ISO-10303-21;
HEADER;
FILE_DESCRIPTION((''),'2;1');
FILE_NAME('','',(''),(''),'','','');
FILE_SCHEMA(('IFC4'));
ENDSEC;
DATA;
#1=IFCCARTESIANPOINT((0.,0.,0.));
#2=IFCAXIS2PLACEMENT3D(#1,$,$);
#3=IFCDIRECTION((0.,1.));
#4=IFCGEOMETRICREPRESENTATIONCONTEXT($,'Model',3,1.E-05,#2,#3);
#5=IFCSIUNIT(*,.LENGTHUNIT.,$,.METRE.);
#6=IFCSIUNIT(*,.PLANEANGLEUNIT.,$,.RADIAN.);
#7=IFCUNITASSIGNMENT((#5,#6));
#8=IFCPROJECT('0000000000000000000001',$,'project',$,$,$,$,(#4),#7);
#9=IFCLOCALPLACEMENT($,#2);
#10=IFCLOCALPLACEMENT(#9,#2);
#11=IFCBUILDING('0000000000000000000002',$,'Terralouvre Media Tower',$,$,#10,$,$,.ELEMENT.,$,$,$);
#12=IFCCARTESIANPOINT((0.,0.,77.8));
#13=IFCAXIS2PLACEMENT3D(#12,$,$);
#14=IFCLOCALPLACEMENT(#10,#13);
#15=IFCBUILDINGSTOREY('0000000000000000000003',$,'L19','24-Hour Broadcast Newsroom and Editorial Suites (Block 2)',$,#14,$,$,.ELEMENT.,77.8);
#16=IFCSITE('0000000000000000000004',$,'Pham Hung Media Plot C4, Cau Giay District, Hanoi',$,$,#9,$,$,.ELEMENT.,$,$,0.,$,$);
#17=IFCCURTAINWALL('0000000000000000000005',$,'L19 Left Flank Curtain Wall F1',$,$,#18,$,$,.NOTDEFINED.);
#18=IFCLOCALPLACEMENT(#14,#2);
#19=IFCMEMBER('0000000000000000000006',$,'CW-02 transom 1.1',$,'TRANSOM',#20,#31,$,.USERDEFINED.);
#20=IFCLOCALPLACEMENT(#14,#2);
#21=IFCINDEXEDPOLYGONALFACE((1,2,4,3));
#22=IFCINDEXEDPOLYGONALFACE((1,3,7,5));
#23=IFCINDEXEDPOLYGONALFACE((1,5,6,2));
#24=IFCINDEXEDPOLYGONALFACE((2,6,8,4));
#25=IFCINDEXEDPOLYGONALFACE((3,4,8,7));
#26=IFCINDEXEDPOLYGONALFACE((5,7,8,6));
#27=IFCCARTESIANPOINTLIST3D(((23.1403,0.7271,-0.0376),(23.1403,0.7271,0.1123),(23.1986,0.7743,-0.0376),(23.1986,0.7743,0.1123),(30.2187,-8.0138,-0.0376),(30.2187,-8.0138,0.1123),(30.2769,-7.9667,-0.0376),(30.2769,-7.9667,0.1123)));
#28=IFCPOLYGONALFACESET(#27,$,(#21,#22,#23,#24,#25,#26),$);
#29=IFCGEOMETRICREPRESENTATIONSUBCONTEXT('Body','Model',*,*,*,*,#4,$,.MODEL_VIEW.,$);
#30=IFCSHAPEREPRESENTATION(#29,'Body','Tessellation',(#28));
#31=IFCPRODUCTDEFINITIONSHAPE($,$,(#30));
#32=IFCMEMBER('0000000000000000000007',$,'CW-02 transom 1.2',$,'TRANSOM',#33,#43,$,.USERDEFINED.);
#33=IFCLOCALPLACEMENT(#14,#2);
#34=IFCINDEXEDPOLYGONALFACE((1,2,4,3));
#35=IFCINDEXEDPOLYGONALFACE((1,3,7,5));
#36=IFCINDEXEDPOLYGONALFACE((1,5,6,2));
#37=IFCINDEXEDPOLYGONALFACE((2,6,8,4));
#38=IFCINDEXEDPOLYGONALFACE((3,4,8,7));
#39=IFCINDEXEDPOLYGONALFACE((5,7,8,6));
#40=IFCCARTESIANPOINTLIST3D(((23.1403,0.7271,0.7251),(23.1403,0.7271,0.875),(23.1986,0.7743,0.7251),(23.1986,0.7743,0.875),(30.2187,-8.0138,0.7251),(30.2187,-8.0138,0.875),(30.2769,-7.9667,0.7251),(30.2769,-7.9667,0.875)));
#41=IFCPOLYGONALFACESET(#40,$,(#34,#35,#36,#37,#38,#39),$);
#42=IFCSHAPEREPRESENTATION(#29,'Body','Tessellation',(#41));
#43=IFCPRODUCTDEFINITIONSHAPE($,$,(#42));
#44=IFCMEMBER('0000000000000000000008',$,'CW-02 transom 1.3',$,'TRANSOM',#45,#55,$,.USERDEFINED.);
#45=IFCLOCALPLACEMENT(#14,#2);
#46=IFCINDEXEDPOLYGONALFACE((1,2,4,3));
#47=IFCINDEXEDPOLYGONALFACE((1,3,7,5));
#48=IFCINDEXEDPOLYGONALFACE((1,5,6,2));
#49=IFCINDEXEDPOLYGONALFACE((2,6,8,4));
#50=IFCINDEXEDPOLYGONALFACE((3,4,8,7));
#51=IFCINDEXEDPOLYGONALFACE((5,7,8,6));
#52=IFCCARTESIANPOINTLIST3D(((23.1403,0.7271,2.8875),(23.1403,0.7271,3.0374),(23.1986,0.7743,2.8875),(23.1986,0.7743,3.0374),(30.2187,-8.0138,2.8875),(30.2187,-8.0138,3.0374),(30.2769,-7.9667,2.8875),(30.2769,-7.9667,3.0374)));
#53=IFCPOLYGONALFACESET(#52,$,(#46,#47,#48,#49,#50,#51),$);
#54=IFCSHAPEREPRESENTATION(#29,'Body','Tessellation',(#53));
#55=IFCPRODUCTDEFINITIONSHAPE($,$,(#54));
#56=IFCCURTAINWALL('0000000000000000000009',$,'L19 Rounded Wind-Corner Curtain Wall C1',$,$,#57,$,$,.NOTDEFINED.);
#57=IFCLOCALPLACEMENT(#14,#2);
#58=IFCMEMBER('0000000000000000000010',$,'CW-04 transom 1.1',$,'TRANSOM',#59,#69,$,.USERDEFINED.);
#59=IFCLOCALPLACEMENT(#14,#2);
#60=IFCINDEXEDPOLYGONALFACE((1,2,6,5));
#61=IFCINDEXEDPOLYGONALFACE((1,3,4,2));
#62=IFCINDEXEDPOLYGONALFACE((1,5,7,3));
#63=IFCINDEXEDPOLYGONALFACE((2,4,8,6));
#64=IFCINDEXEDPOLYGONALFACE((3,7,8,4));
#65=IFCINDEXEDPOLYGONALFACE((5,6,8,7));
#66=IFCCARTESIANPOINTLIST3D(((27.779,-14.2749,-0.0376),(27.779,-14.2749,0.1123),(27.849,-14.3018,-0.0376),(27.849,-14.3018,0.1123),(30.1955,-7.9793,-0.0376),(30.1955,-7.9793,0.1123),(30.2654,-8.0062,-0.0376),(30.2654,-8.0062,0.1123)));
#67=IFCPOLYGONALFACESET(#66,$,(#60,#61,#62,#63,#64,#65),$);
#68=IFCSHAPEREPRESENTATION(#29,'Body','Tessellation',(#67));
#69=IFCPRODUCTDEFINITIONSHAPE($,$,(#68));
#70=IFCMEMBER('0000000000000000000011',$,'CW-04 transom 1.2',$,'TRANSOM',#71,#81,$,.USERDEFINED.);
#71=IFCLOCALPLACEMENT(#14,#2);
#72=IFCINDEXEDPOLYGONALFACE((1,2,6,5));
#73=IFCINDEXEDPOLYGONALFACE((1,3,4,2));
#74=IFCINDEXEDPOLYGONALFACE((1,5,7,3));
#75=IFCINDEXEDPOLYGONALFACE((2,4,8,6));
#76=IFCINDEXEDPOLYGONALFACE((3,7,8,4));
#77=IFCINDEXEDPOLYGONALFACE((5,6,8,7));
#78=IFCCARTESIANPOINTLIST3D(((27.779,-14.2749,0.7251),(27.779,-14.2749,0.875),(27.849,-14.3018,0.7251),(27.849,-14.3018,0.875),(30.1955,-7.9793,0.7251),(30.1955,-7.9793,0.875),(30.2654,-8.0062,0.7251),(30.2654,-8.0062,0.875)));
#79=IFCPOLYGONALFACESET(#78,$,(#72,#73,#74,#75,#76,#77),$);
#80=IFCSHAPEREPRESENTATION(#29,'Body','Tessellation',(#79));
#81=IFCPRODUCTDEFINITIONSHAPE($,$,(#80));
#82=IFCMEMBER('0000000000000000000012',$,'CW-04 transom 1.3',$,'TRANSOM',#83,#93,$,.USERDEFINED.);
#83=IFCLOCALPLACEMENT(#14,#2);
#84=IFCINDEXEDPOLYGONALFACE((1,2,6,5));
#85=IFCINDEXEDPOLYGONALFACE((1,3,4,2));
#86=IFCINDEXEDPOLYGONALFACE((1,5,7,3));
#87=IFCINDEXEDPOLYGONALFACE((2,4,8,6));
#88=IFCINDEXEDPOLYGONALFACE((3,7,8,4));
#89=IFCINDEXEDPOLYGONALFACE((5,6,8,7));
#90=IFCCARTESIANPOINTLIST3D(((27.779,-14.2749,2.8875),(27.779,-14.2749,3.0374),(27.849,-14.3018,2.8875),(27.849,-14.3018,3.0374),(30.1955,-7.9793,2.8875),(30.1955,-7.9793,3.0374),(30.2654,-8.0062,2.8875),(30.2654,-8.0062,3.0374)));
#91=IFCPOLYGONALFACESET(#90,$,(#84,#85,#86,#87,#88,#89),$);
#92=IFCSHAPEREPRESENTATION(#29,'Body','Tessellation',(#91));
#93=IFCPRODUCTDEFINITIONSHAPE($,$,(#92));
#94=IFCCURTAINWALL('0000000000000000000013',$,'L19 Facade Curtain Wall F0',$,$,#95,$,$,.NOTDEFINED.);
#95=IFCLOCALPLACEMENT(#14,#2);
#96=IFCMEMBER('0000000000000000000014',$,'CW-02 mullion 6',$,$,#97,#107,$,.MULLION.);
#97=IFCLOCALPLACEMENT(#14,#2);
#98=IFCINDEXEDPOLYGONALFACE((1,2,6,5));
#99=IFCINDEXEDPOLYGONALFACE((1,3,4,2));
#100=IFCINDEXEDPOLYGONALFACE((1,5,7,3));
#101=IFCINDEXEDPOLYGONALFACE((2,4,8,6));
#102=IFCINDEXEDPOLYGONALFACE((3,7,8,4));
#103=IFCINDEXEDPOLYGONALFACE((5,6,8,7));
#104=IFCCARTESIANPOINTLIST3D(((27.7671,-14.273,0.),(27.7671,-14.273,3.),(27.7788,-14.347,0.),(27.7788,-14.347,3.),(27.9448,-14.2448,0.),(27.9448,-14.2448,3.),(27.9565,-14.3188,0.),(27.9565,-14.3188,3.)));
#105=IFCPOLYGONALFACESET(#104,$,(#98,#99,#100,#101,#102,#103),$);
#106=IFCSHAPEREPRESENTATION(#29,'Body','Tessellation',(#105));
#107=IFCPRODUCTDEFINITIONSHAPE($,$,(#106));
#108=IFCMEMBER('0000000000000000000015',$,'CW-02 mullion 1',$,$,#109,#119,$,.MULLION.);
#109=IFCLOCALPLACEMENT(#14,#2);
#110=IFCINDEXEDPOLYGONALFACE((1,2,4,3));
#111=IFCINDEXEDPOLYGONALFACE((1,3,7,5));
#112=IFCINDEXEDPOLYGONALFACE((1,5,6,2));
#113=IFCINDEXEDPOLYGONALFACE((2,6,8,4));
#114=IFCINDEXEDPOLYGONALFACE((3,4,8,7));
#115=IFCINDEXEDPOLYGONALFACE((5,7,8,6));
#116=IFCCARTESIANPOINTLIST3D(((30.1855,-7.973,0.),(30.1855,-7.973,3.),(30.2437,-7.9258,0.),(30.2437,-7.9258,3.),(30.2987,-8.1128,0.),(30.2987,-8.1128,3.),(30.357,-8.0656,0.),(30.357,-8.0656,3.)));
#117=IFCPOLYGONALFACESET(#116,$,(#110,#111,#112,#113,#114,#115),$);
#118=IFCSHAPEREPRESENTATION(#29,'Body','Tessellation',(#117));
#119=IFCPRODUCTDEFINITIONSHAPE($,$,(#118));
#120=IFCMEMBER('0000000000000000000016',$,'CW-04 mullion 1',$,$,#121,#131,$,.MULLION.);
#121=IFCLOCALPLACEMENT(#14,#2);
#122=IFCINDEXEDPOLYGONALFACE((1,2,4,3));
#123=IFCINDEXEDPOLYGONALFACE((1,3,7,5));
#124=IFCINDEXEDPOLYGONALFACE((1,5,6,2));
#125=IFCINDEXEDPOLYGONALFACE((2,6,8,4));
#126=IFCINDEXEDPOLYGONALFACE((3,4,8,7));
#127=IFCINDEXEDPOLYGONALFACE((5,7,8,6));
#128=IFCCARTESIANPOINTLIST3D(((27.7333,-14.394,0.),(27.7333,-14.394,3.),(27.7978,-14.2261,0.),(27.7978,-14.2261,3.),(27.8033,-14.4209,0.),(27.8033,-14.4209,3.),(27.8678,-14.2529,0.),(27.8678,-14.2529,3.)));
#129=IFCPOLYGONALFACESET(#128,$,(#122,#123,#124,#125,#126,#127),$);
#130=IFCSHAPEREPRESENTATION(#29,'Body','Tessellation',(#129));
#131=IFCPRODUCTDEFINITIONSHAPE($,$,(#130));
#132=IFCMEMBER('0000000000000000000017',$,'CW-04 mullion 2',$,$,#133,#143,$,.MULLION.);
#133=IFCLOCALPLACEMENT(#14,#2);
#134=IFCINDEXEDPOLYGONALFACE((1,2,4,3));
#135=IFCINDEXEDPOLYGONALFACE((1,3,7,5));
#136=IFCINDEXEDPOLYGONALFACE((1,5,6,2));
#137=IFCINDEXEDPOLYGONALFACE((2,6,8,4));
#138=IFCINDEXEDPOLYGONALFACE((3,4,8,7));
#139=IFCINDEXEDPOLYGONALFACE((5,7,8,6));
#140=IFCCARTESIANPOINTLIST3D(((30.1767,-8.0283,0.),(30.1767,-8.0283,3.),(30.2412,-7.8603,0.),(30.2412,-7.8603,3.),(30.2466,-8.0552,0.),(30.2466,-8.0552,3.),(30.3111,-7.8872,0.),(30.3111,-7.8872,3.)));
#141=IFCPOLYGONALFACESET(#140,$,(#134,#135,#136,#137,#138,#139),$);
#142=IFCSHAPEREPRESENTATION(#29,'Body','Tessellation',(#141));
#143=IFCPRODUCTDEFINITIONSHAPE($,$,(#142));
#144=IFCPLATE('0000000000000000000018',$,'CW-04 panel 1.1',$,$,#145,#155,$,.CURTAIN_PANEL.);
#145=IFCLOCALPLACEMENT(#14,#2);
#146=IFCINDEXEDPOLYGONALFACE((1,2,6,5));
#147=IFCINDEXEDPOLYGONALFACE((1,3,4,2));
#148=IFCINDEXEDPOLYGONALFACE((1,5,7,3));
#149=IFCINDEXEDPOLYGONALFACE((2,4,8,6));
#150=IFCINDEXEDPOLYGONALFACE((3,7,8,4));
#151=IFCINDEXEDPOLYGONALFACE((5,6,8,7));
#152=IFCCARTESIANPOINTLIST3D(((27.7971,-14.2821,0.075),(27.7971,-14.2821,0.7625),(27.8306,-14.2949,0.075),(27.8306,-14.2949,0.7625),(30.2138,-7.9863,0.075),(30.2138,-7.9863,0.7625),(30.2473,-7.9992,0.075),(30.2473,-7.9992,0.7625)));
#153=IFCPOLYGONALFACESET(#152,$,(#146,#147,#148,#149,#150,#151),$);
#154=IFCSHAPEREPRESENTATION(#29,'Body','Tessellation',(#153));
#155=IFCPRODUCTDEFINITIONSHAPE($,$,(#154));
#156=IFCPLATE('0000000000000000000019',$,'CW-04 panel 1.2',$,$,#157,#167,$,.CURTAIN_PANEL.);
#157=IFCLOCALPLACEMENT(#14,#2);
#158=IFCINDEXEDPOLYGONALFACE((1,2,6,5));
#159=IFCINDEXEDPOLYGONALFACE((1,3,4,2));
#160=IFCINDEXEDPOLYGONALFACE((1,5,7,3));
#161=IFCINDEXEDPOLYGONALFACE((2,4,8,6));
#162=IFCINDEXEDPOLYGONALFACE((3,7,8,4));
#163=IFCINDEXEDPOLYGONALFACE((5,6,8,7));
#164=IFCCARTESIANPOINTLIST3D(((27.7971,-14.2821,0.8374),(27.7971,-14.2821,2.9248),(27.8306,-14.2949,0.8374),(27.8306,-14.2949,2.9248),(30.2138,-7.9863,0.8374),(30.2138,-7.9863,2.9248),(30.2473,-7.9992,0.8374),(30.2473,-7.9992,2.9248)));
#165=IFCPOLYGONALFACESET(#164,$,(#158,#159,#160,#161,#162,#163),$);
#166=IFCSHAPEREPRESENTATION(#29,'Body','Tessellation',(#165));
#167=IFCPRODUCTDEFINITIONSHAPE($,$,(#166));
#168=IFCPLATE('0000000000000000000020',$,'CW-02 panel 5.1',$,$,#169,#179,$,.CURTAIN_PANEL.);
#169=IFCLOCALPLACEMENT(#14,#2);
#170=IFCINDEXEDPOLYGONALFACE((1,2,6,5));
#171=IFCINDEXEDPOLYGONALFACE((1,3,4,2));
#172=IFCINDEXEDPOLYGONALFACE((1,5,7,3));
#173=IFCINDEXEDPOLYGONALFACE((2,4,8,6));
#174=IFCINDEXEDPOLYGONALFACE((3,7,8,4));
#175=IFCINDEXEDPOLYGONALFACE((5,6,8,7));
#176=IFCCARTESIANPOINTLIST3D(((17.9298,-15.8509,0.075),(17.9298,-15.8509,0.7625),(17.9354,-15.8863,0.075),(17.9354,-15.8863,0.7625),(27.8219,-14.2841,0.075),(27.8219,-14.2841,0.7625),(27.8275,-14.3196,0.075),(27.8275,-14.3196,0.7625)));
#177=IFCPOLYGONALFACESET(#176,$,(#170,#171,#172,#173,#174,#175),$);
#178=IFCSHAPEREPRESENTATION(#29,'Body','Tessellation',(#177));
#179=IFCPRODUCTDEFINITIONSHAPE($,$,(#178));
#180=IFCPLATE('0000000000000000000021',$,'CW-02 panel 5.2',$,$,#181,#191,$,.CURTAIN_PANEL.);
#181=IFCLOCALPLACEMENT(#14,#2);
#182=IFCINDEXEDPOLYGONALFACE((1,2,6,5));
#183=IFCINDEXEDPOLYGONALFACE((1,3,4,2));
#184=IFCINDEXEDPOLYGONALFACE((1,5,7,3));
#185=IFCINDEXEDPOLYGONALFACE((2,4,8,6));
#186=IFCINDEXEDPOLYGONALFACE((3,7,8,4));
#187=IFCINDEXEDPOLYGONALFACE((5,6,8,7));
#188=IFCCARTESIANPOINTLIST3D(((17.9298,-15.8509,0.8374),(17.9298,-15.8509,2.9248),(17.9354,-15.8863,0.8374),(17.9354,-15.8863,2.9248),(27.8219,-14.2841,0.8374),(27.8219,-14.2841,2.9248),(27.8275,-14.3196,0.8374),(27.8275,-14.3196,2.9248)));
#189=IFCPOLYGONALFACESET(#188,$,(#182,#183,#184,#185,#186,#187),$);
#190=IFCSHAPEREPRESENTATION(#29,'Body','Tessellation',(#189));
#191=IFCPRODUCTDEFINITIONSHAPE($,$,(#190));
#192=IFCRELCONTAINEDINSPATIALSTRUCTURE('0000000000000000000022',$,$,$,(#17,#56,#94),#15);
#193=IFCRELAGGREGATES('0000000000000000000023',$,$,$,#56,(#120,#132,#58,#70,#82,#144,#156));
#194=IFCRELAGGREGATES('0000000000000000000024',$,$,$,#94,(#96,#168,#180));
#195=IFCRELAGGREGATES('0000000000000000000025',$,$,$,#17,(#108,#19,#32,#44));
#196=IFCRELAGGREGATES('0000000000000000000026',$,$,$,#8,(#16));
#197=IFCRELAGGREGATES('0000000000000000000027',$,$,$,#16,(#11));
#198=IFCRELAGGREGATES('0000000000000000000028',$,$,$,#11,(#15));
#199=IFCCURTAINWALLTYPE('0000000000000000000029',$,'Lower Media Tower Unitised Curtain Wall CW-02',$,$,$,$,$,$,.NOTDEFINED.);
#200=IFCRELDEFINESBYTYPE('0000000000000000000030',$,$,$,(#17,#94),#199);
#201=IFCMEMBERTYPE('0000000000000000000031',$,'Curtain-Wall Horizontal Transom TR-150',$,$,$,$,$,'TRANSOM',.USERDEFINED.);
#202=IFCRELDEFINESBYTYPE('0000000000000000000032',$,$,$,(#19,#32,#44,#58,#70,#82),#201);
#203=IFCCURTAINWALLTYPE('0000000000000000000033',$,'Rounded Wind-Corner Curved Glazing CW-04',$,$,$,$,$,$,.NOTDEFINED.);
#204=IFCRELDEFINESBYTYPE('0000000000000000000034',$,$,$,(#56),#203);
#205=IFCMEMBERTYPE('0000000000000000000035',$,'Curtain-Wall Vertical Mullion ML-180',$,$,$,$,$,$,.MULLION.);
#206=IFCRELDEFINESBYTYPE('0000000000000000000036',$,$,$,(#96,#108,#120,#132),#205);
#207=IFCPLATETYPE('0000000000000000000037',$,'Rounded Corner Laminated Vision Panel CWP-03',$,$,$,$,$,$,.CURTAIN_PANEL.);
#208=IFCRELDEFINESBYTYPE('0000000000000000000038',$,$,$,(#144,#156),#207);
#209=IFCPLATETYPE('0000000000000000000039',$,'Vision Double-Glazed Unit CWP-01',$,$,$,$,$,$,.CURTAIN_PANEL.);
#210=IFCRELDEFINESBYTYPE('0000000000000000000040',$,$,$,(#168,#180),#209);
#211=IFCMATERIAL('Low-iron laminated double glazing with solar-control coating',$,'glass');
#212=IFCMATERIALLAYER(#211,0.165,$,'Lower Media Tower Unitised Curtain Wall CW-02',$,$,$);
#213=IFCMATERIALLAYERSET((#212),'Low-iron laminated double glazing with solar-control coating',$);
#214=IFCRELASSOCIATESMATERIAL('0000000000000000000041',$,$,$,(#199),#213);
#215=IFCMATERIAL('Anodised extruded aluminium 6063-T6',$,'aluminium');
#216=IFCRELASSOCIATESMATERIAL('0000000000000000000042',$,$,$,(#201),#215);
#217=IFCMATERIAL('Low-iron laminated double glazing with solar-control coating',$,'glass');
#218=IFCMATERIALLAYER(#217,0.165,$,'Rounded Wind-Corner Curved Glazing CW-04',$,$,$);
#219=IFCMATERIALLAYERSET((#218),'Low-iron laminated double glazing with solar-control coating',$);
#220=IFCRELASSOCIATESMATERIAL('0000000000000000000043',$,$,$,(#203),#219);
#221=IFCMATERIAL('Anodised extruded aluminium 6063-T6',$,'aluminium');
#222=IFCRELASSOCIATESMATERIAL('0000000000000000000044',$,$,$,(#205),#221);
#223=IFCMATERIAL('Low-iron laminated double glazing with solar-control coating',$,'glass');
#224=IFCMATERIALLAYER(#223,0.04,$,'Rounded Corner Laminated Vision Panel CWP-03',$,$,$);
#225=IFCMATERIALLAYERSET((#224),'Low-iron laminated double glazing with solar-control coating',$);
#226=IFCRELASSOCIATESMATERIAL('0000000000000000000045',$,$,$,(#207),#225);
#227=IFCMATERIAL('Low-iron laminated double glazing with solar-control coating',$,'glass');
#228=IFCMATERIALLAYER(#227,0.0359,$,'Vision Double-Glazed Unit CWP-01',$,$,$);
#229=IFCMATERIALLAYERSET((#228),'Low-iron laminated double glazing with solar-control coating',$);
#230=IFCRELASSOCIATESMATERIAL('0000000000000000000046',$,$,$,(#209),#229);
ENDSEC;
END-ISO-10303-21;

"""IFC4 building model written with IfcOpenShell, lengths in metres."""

from ifc_helpers import new_model, si_unit, direction, frame, origin, origin_2d, place, context, subcontext, project, spatial, rectangle, extrude, material, layer, layer_set, material_profile, profile_set, type_object, element, aggregate, save


model = new_model("IFC4")

# Units and contexts
model_context = context("Model", 3, precision=1e-05, world=origin(), true_north=direction((0.0, 1.0)))
body_context = subcontext(model_context, "Body", "Model", "MODEL_VIEW")
ifc_project = project(units=[si_unit("LENGTHUNIT", "METRE"), si_unit("PLANEANGLEUNIT", "RADIAN")], contexts=[model_context])

# Site, building, storey
site_placement = place(None, origin())
site = spatial("IfcSite", under=ifc_project, at=site_placement, Name="Pham Hung Media Plot C4, Cau Giay District, Hanoi", CompositionType="ELEMENT", RefElevation=0.0)
building_placement = place(site_placement, origin())
building = spatial("IfcBuilding", under=site, at=building_placement, Name="Terralouvre Media Tower", CompositionType="ELEMENT")
storey_placement = place(building_placement, frame((0.0, 0.0, 77.8)))
storey = spatial("IfcBuildingStorey", under=building, at=storey_placement, Name="L19", Description="24-Hour Broadcast Newsroom and Editorial Suites (Block 2)", CompositionType="ELEMENT", Elevation=77.8)

# Curtain walls, members
ifc_material_1 = material(Name="Low-iron laminated double glazing with solar-control coating", Category="glass")
ifc_layer_1 = layer(ifc_material_1, 0.165, Name="Lower Media Tower Unitised Curtain Wall CW-02")
ifc_layer_set_1 = layer_set([ifc_layer_1], Name="Low-iron laminated double glazing with solar-control coating")
curtain_wall_type_1 = type_object("IfcCurtainWallType", Name="Lower Media Tower Unitised Curtain Wall CW-02", PredefinedType="NOTDEFINED", material=ifc_layer_set_1)
curtain_wall_1_placement = place(storey_placement, origin())
curtain_wall_1 = element("IfcCurtainWall", 1, at=curtain_wall_1_placement, inside=storey, type_object=curtain_wall_type_1, Name="L19 Left Flank Curtain Wall F1", PredefinedType="NOTDEFINED")
ifc_material_2 = material(Name="Anodised extruded aluminium 6063-T6", Category="aluminium")
ifc_material_profile_1 = material_profile(ifc_material_2, rectangle(XDim=0.075, YDim=0.1499, at=origin_2d()), Name="ALU 75x150")
ifc_profile_set_1 = profile_set([ifc_material_profile_1], Name="Anodised extruded aluminium 6063-T6")
member_type_1 = type_object("IfcMemberType", Name="Curtain-Wall Horizontal Transom TR-150", ElementType="TRANSOM", PredefinedType="USERDEFINED", material=ifc_profile_set_1)
member_1_placement = place(storey_placement, frame((30.2478, -7.9902, 0.0374), z_axis=(-0.629324, 0.777143, 0.0), x_axis=(-0.777143, -0.629324, 0.0)))
member_1 = element("IfcMember", 2, at=member_1_placement, type_object=member_type_1, Name="CW-02 transom 1.1", ObjectType="TRANSOM", PredefinedType="USERDEFINED", context=body_context, shape_type="SweptSolid", body=[
    extrude(rectangle(XDim=0.075, YDim=0.1499, at=origin_2d()), origin(), (0.0, 0.0, 1.0), 11.2476),
])
member_2_placement = place(storey_placement, frame((30.2478, -7.9902, 0.8), z_axis=(-0.629324, 0.777143, 0.0), x_axis=(-0.777143, -0.629324, 0.0)))
member_2 = element("IfcMember", 3, at=member_2_placement, type_object=member_type_1, Name="CW-02 transom 1.2", ObjectType="TRANSOM", PredefinedType="USERDEFINED", context=body_context, shape_type="SweptSolid", body=[
    extrude(rectangle(XDim=0.075, YDim=0.1499, at=origin_2d()), origin(), (0.0, 0.0, 1.0), 11.2476),
])
member_3_placement = place(storey_placement, frame((30.2478, -7.9902, 2.9624), z_axis=(-0.629324, 0.777143, 0.0), x_axis=(-0.777143, -0.629324, 0.0)))
member_3 = element("IfcMember", 4, at=member_3_placement, type_object=member_type_1, Name="CW-02 transom 1.3", ObjectType="TRANSOM", PredefinedType="USERDEFINED", context=body_context, shape_type="SweptSolid", body=[
    extrude(rectangle(XDim=0.075, YDim=0.1499, at=origin_2d()), origin(), (0.0, 0.0, 1.0), 11.2476),
])
ifc_material_3 = material(Name="Low-iron laminated double glazing with solar-control coating", Category="glass")
ifc_layer_2 = layer(ifc_material_3, 0.165, Name="Rounded Wind-Corner Curved Glazing CW-04")
ifc_layer_set_2 = layer_set([ifc_layer_2], Name="Low-iron laminated double glazing with solar-control coating")
curtain_wall_type_2 = type_object("IfcCurtainWallType", Name="Rounded Wind-Corner Curved Glazing CW-04", PredefinedType="NOTDEFINED", material=ifc_layer_set_2)
curtain_wall_2_placement = place(storey_placement, origin())
curtain_wall_2 = element("IfcCurtainWall", 5, at=curtain_wall_2_placement, inside=storey, type_object=curtain_wall_type_2, Name="L19 Rounded Wind-Corner Curtain Wall C1", PredefinedType="NOTDEFINED")
member_4_placement = place(storey_placement, frame((27.814, -14.2883, 0.0374), z_axis=(0.358346, 0.933589, 0.0), x_axis=(-0.933589, 0.358346, 0.0)))
member_4 = element("IfcMember", 6, at=member_4_placement, type_object=member_type_1, Name="CW-04 transom 1.1", ObjectType="TRANSOM", PredefinedType="USERDEFINED", context=body_context, shape_type="SweptSolid", body=[
    extrude(rectangle(XDim=0.075, YDim=0.1499, at=origin_2d()), origin(), (0.0, 0.0, 1.0), 6.7434),
])
member_5_placement = place(storey_placement, frame((27.814, -14.2883, 0.8), z_axis=(0.358346, 0.933589, 0.0), x_axis=(-0.933589, 0.358346, 0.0)))
member_5 = element("IfcMember", 7, at=member_5_placement, type_object=member_type_1, Name="CW-04 transom 1.2", ObjectType="TRANSOM", PredefinedType="USERDEFINED", context=body_context, shape_type="SweptSolid", body=[
    extrude(rectangle(XDim=0.075, YDim=0.1499, at=origin_2d()), origin(), (0.0, 0.0, 1.0), 6.7434),
])
member_6_placement = place(storey_placement, frame((27.814, -14.2883, 2.9624), z_axis=(0.358346, 0.933589, 0.0), x_axis=(-0.933589, 0.358346, 0.0)))
member_6 = element("IfcMember", 8, at=member_6_placement, type_object=member_type_1, Name="CW-04 transom 1.3", ObjectType="TRANSOM", PredefinedType="USERDEFINED", context=body_context, shape_type="SweptSolid", body=[
    extrude(rectangle(XDim=0.075, YDim=0.1499, at=origin_2d()), origin(), (0.0, 0.0, 1.0), 6.7434),
])

# Curtain wall, member
curtain_wall_3_placement = place(storey_placement, origin())
curtain_wall_3 = element("IfcCurtainWall", 9, at=curtain_wall_3_placement, inside=storey, type_object=curtain_wall_type_1, Name="L19 Facade Curtain Wall F0", PredefinedType="NOTDEFINED")
ifc_material_4 = material(Name="Anodised extruded aluminium 6063-T6", Category="aluminium")
ifc_material_profile_2 = material_profile(ifc_material_4, rectangle(XDim=0.075, YDim=0.1799, at=origin_2d()), Name="ALU 75x180")
ifc_profile_set_2 = profile_set([ifc_material_profile_2], Name="Anodised extruded aluminium 6063-T6")
member_type_2 = type_object("IfcMemberType", Name="Curtain-Wall Vertical Mullion ML-180", PredefinedType="MULLION", material=ifc_profile_set_2)
member_7_placement = place(storey_placement, frame((27.8618, -14.2959, 0.0), z_axis=(0.0, 0.0, 1.0), x_axis=(-0.156434, 0.987688, 0.0)))
member_7 = element("IfcMember", 10, at=member_7_placement, type_object=member_type_2, Name="CW-02 mullion 6", PredefinedType="MULLION", context=body_context, shape_type="SweptSolid", body=[
    extrude(rectangle(XDim=0.075, YDim=0.1799, at=origin_2d()), origin(), (0.0, 0.0, 1.0), 3.0),
])

# Members
member_8_placement = place(storey_placement, frame((30.2712, -8.0193, 0.0), z_axis=(0.0, 0.0, 1.0), x_axis=(-0.777146, -0.62932, 0.0)))
member_8 = element("IfcMember", 11, at=member_8_placement, type_object=member_type_2, Name="CW-02 mullion 1", PredefinedType="MULLION", context=body_context, shape_type="SweptSolid", body=[
    extrude(rectangle(XDim=0.075, YDim=0.1799, at=origin_2d()), origin(), (0.0, 0.0, 1.0), 3.0),
])
member_9_placement = place(storey_placement, frame((27.8005, -14.3235, 0.0), z_axis=(0.0, 0.0, 1.0), x_axis=(-0.933581, 0.358367, 0.0)))
member_9 = element("IfcMember", 12, at=member_9_placement, type_object=member_type_2, Name="CW-04 mullion 1", PredefinedType="MULLION", context=body_context, shape_type="SweptSolid", body=[
    extrude(rectangle(XDim=0.075, YDim=0.1799, at=origin_2d()), origin(), (0.0, 0.0, 1.0), 3.0),
])
member_10_placement = place(storey_placement, frame((30.2439, -7.9578, 0.0), z_axis=(0.0, 0.0, 1.0), x_axis=(-0.933581, 0.358367, 0.0)))
member_10 = element("IfcMember", 13, at=member_10_placement, type_object=member_type_2, Name="CW-04 mullion 2", PredefinedType="MULLION", context=body_context, shape_type="SweptSolid", body=[
    extrude(rectangle(XDim=0.075, YDim=0.1799, at=origin_2d()), origin(), (0.0, 0.0, 1.0), 3.0),
])

# Plates
ifc_material_5 = material(Name="Low-iron laminated double glazing with solar-control coating", Category="glass")
ifc_layer_3 = layer(ifc_material_5, 0.04, Name="Rounded Corner Laminated Vision Panel CWP-03")
ifc_layer_set_3 = layer_set([ifc_layer_3], Name="Low-iron laminated double glazing with solar-control coating")
plate_type_1 = type_object("IfcPlateType", Name="Rounded Corner Laminated Vision Panel CWP-03", PredefinedType="CURTAIN_PANEL", material=ifc_layer_set_3)
plate_1_placement = place(storey_placement, frame((29.0222, -11.1406, 0.075), z_axis=(0.0, 0.0, 1.0), x_axis=(0.358367, 0.933581, 0.0)))
plate_1 = element("IfcPlate", 14, at=plate_1_placement, type_object=plate_type_1, Name="CW-04 panel 1.1", PredefinedType="CURTAIN_PANEL", context=body_context, shape_type="SweptSolid", body=[
    extrude(rectangle(XDim=6.7437, YDim=0.0359, at=origin_2d()), origin(), (0.0, 0.0, 1.0), 0.6875),
])
plate_2_placement = place(storey_placement, frame((29.0222, -11.1406, 0.8374), z_axis=(0.0, 0.0, 1.0), x_axis=(0.358367, 0.933581, 0.0)))
plate_2 = element("IfcPlate", 15, at=plate_2_placement, type_object=plate_type_1, Name="CW-04 panel 1.2", PredefinedType="CURTAIN_PANEL", context=body_context, shape_type="SweptSolid", body=[
    extrude(rectangle(XDim=6.7437, YDim=0.0359, at=origin_2d()), origin(), (0.0, 0.0, 1.0), 2.0874),
])
aggregate(curtain_wall_2, [member_9, member_10, member_4, member_5, member_6, plate_1, plate_2])
ifc_material_6 = material(Name="Low-iron laminated double glazing with solar-control coating", Category="glass")
ifc_layer_4 = layer(ifc_material_6, 0.0359, Name="Vision Double-Glazed Unit CWP-01")
ifc_layer_set_4 = layer_set([ifc_layer_4], Name="Low-iron laminated double glazing with solar-control coating")
plate_type_2 = type_object("IfcPlateType", Name="Vision Double-Glazed Unit CWP-01", PredefinedType="CURTAIN_PANEL", material=ifc_layer_set_4)
plate_3_placement = place(storey_placement, frame((22.8787, -15.0852, 0.075), z_axis=(0.0, 0.0, 1.0), x_axis=(0.987688, 0.156434, 0.0)))
plate_3 = element("IfcPlate", 16, at=plate_3_placement, type_object=plate_type_2, Name="CW-02 panel 5.1", PredefinedType="CURTAIN_PANEL", context=body_context, shape_type="SweptSolid", body=[
    extrude(rectangle(XDim=10.0154, YDim=0.0359, at=origin_2d()), origin(), (0.0, 0.0, 1.0), 0.6875),
])
plate_4_placement = place(storey_placement, frame((22.8787, -15.0852, 0.8374), z_axis=(0.0, 0.0, 1.0), x_axis=(0.987688, 0.156434, 0.0)))
plate_4 = element("IfcPlate", 17, at=plate_4_placement, type_object=plate_type_2, Name="CW-02 panel 5.2", PredefinedType="CURTAIN_PANEL", context=body_context, shape_type="SweptSolid", body=[
    extrude(rectangle(XDim=10.0154, YDim=0.0359, at=origin_2d()), origin(), (0.0, 0.0, 1.0), 2.0874),
])
aggregate(curtain_wall_3, [member_7, plate_3, plate_4])
aggregate(curtain_wall_1, [member_8, member_1, member_2, member_3])

save(model, "model.ifc")
